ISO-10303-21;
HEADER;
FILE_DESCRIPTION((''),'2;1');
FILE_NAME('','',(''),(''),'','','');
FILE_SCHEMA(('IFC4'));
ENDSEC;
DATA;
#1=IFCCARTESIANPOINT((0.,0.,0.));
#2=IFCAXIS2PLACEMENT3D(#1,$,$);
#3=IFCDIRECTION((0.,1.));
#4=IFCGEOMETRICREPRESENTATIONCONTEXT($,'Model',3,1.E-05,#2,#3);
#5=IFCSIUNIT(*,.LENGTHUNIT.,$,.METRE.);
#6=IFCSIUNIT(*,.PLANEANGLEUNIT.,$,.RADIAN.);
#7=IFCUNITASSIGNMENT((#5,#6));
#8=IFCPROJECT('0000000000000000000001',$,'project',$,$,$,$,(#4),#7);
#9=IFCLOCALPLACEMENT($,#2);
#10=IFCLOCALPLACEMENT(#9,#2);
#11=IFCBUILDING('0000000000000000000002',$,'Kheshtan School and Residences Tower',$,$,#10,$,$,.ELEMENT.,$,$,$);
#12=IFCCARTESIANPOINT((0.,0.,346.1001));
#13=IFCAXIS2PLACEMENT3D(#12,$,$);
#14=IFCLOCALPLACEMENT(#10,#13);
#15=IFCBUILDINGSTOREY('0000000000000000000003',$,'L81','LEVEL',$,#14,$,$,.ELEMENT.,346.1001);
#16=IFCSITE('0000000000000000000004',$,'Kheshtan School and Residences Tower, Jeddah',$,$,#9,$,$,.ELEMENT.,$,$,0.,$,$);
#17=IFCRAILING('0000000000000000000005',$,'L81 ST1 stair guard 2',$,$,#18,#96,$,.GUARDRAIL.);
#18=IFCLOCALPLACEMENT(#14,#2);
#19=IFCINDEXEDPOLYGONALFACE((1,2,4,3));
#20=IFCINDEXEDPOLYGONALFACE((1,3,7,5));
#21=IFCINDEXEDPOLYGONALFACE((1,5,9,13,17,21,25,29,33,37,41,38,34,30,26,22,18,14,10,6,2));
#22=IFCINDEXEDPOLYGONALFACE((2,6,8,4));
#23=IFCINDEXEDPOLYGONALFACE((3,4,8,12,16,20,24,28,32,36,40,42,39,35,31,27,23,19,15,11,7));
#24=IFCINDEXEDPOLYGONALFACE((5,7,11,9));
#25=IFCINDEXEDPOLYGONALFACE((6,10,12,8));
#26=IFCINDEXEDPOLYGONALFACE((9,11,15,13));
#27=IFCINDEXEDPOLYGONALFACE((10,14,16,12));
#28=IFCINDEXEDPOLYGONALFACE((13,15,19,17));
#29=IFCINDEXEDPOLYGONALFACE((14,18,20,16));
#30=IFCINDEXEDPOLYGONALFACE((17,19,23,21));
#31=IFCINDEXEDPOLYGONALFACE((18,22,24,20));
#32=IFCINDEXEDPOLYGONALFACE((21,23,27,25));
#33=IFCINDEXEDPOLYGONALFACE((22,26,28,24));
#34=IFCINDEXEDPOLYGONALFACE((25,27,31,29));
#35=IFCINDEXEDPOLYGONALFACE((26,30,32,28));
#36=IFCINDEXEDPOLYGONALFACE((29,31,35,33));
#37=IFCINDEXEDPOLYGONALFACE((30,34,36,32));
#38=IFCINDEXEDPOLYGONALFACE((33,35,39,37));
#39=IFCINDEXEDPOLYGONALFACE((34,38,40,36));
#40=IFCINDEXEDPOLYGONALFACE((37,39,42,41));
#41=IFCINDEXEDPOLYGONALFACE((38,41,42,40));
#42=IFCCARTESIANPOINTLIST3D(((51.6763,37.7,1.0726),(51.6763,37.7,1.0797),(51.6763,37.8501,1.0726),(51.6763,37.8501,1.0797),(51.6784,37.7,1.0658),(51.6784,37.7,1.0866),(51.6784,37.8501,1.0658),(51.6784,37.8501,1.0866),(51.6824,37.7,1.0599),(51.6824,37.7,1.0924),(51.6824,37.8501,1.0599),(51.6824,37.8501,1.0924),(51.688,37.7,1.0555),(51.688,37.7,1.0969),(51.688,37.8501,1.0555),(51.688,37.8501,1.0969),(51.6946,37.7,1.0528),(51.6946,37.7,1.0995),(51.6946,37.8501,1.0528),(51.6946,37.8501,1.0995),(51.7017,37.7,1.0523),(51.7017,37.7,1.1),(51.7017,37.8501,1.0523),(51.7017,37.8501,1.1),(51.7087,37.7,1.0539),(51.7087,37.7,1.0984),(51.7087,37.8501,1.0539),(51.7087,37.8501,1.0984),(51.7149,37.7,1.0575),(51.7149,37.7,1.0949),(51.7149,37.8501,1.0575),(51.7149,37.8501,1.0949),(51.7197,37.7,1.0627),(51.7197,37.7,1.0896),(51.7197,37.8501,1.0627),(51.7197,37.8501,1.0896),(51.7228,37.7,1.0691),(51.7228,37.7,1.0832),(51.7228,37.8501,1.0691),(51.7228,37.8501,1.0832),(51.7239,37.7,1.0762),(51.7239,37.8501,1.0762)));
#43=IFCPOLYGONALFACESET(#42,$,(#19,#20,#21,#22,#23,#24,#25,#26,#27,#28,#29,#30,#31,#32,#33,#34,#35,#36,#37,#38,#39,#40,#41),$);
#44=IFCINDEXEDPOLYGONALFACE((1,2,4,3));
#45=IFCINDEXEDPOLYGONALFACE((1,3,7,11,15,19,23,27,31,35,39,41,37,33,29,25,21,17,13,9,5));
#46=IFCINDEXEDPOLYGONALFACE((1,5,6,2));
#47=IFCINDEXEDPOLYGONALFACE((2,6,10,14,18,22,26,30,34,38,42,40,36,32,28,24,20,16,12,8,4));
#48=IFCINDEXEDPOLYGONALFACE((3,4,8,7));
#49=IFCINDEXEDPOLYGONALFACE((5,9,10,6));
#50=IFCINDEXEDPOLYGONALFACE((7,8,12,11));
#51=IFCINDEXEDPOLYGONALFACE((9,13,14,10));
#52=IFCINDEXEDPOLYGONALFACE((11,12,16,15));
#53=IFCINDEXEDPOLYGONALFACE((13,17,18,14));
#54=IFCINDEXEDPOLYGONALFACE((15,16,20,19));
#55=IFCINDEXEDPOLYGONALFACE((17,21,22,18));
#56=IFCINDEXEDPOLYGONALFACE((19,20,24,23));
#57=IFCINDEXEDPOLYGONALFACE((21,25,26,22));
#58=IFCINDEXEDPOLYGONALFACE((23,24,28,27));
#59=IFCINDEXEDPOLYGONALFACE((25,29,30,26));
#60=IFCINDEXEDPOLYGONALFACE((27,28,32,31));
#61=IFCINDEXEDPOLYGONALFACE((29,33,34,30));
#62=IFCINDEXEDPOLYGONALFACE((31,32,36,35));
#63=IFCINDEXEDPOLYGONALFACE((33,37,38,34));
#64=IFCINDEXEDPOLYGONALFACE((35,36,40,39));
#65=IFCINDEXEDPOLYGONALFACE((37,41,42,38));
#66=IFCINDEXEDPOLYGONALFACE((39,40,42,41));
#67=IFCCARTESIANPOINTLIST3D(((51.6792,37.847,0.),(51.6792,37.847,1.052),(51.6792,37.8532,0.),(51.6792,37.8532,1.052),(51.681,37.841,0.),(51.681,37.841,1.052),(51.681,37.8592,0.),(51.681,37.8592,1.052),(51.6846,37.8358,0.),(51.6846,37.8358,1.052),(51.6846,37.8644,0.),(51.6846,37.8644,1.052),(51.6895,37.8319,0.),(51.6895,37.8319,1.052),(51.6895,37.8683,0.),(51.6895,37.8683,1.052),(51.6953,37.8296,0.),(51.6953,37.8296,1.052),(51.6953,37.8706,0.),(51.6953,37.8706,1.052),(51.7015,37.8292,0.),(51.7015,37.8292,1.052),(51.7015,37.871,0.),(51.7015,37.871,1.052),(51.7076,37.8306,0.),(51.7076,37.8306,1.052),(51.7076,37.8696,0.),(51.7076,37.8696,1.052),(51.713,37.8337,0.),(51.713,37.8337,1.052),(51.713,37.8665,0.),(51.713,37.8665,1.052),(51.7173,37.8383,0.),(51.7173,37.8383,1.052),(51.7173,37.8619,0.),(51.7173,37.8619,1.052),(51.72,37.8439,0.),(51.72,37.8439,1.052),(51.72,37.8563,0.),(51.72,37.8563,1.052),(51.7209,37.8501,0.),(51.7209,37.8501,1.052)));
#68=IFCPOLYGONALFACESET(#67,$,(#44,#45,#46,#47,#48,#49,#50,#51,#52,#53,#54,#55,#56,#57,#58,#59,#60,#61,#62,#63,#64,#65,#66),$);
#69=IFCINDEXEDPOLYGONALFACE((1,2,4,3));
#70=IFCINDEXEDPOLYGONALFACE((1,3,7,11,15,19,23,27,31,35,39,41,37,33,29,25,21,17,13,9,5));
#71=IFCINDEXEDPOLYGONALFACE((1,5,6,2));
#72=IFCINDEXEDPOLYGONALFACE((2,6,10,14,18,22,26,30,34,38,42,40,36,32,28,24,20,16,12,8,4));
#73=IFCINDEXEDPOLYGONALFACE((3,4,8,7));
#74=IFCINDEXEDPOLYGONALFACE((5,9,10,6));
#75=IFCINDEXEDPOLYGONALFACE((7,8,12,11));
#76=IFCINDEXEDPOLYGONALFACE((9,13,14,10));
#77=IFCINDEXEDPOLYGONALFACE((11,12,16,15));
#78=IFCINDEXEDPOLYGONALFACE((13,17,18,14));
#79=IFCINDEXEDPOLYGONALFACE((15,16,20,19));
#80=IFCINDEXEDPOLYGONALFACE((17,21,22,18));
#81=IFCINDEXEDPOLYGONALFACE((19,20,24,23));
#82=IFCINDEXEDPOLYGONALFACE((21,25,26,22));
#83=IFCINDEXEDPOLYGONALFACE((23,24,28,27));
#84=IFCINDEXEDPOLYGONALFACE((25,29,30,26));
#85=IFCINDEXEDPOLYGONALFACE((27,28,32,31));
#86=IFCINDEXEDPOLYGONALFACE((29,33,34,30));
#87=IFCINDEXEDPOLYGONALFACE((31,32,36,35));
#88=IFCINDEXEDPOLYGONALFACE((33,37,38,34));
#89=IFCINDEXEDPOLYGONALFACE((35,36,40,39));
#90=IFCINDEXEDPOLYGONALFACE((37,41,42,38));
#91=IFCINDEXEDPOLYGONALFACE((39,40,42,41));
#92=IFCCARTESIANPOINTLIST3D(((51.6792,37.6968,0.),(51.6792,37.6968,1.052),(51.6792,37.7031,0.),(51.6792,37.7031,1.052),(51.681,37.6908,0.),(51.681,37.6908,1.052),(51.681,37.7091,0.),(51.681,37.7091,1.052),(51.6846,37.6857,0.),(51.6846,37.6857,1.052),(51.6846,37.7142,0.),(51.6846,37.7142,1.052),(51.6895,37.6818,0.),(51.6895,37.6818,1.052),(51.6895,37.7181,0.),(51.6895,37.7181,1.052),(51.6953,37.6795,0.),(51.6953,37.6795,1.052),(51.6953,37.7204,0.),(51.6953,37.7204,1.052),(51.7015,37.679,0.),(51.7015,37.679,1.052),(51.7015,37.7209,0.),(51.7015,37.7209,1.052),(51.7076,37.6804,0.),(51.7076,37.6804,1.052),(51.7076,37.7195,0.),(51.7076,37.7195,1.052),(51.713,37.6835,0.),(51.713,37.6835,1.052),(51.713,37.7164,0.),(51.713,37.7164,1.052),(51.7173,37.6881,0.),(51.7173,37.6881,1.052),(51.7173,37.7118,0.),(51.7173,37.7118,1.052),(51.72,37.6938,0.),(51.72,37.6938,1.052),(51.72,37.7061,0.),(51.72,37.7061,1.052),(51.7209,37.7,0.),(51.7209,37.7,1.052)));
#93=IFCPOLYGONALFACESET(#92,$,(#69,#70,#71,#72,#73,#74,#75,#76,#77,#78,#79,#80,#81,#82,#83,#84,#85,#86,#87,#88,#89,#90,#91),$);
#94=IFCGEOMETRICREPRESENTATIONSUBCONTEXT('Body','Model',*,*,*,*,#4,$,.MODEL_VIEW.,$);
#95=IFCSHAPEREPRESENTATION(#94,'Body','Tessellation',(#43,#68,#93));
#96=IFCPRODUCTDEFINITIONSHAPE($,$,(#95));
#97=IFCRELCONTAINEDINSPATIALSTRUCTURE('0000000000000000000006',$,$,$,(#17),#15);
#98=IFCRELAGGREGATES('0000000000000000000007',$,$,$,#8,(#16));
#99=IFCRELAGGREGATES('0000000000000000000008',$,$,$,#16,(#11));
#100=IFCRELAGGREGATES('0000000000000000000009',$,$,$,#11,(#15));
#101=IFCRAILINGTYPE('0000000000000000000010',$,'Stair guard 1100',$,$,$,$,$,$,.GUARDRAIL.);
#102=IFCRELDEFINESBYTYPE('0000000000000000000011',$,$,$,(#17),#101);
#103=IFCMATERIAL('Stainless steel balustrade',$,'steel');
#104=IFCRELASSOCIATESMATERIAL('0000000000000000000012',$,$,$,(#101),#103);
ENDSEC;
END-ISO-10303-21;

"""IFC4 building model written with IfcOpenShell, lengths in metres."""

from ifc_helpers import new_model, si_unit, direction, frame, origin, origin_2d, place, context, subcontext, project, spatial, circle, extrude, material, type_object, element, save


model = new_model("IFC4")

# Units and contexts
model_context = context("Model", 3, precision=1e-05, world=origin(), true_north=direction((0.0, 1.0)))
body_context = subcontext(model_context, "Body", "Model", "MODEL_VIEW")
ifc_project = project(units=[si_unit("LENGTHUNIT", "METRE"), si_unit("PLANEANGLEUNIT", "RADIAN")], contexts=[model_context])

# Site, building, storey
site_placement = place(None, origin())
site = spatial("IfcSite", under=ifc_project, at=site_placement, Name="Kheshtan School and Residences Tower, Jeddah", CompositionType="ELEMENT", RefElevation=0.0)
building_placement = place(site_placement, origin())
building = spatial("IfcBuilding", under=site, at=building_placement, Name="Kheshtan School and Residences Tower", CompositionType="ELEMENT")
storey_placement = place(building_placement, frame((0.0, 0.0, 346.1001)))
storey = spatial("IfcBuildingStorey", under=building, at=storey_placement, Name="L81", Description="LEVEL", CompositionType="ELEMENT", Elevation=346.1001)

# Railing
ifc_material_1 = material(Name="Stainless steel balustrade", Category="steel")
railing_type_1 = type_object("IfcRailingType", Name="Stair guard 1100", PredefinedType="GUARDRAIL", material=ifc_material_1)
railing_1_placement = place(storey_placement, frame((51.7, 37.8501, 0.0)))
element("IfcRailing", 1, at=railing_1_placement, inside=storey, type_object=railing_type_1, Name="L81 ST1 stair guard 2", PredefinedType="GUARDRAIL", context=body_context, shape_type="SweptSolid", body=[
    extrude(circle(Radius=0.0239, at=origin_2d()), frame((0.0, 0.0, 1.0762), z_axis=(0.0, -1.0, 0.0), x_axis=(1.0, 0.0, 0.0)), (0.0, 0.0, 1.0), 0.1501),
    extrude(circle(Radius=0.021, at=origin_2d()), origin(), (0.0, 0.0, 1.0), 1.052),
    extrude(circle(Radius=0.021, at=origin_2d()), frame((0.0, -0.1501, 0.0)), (0.0, 0.0, 1.0), 1.052),
])

save(model, "model.ifc")
